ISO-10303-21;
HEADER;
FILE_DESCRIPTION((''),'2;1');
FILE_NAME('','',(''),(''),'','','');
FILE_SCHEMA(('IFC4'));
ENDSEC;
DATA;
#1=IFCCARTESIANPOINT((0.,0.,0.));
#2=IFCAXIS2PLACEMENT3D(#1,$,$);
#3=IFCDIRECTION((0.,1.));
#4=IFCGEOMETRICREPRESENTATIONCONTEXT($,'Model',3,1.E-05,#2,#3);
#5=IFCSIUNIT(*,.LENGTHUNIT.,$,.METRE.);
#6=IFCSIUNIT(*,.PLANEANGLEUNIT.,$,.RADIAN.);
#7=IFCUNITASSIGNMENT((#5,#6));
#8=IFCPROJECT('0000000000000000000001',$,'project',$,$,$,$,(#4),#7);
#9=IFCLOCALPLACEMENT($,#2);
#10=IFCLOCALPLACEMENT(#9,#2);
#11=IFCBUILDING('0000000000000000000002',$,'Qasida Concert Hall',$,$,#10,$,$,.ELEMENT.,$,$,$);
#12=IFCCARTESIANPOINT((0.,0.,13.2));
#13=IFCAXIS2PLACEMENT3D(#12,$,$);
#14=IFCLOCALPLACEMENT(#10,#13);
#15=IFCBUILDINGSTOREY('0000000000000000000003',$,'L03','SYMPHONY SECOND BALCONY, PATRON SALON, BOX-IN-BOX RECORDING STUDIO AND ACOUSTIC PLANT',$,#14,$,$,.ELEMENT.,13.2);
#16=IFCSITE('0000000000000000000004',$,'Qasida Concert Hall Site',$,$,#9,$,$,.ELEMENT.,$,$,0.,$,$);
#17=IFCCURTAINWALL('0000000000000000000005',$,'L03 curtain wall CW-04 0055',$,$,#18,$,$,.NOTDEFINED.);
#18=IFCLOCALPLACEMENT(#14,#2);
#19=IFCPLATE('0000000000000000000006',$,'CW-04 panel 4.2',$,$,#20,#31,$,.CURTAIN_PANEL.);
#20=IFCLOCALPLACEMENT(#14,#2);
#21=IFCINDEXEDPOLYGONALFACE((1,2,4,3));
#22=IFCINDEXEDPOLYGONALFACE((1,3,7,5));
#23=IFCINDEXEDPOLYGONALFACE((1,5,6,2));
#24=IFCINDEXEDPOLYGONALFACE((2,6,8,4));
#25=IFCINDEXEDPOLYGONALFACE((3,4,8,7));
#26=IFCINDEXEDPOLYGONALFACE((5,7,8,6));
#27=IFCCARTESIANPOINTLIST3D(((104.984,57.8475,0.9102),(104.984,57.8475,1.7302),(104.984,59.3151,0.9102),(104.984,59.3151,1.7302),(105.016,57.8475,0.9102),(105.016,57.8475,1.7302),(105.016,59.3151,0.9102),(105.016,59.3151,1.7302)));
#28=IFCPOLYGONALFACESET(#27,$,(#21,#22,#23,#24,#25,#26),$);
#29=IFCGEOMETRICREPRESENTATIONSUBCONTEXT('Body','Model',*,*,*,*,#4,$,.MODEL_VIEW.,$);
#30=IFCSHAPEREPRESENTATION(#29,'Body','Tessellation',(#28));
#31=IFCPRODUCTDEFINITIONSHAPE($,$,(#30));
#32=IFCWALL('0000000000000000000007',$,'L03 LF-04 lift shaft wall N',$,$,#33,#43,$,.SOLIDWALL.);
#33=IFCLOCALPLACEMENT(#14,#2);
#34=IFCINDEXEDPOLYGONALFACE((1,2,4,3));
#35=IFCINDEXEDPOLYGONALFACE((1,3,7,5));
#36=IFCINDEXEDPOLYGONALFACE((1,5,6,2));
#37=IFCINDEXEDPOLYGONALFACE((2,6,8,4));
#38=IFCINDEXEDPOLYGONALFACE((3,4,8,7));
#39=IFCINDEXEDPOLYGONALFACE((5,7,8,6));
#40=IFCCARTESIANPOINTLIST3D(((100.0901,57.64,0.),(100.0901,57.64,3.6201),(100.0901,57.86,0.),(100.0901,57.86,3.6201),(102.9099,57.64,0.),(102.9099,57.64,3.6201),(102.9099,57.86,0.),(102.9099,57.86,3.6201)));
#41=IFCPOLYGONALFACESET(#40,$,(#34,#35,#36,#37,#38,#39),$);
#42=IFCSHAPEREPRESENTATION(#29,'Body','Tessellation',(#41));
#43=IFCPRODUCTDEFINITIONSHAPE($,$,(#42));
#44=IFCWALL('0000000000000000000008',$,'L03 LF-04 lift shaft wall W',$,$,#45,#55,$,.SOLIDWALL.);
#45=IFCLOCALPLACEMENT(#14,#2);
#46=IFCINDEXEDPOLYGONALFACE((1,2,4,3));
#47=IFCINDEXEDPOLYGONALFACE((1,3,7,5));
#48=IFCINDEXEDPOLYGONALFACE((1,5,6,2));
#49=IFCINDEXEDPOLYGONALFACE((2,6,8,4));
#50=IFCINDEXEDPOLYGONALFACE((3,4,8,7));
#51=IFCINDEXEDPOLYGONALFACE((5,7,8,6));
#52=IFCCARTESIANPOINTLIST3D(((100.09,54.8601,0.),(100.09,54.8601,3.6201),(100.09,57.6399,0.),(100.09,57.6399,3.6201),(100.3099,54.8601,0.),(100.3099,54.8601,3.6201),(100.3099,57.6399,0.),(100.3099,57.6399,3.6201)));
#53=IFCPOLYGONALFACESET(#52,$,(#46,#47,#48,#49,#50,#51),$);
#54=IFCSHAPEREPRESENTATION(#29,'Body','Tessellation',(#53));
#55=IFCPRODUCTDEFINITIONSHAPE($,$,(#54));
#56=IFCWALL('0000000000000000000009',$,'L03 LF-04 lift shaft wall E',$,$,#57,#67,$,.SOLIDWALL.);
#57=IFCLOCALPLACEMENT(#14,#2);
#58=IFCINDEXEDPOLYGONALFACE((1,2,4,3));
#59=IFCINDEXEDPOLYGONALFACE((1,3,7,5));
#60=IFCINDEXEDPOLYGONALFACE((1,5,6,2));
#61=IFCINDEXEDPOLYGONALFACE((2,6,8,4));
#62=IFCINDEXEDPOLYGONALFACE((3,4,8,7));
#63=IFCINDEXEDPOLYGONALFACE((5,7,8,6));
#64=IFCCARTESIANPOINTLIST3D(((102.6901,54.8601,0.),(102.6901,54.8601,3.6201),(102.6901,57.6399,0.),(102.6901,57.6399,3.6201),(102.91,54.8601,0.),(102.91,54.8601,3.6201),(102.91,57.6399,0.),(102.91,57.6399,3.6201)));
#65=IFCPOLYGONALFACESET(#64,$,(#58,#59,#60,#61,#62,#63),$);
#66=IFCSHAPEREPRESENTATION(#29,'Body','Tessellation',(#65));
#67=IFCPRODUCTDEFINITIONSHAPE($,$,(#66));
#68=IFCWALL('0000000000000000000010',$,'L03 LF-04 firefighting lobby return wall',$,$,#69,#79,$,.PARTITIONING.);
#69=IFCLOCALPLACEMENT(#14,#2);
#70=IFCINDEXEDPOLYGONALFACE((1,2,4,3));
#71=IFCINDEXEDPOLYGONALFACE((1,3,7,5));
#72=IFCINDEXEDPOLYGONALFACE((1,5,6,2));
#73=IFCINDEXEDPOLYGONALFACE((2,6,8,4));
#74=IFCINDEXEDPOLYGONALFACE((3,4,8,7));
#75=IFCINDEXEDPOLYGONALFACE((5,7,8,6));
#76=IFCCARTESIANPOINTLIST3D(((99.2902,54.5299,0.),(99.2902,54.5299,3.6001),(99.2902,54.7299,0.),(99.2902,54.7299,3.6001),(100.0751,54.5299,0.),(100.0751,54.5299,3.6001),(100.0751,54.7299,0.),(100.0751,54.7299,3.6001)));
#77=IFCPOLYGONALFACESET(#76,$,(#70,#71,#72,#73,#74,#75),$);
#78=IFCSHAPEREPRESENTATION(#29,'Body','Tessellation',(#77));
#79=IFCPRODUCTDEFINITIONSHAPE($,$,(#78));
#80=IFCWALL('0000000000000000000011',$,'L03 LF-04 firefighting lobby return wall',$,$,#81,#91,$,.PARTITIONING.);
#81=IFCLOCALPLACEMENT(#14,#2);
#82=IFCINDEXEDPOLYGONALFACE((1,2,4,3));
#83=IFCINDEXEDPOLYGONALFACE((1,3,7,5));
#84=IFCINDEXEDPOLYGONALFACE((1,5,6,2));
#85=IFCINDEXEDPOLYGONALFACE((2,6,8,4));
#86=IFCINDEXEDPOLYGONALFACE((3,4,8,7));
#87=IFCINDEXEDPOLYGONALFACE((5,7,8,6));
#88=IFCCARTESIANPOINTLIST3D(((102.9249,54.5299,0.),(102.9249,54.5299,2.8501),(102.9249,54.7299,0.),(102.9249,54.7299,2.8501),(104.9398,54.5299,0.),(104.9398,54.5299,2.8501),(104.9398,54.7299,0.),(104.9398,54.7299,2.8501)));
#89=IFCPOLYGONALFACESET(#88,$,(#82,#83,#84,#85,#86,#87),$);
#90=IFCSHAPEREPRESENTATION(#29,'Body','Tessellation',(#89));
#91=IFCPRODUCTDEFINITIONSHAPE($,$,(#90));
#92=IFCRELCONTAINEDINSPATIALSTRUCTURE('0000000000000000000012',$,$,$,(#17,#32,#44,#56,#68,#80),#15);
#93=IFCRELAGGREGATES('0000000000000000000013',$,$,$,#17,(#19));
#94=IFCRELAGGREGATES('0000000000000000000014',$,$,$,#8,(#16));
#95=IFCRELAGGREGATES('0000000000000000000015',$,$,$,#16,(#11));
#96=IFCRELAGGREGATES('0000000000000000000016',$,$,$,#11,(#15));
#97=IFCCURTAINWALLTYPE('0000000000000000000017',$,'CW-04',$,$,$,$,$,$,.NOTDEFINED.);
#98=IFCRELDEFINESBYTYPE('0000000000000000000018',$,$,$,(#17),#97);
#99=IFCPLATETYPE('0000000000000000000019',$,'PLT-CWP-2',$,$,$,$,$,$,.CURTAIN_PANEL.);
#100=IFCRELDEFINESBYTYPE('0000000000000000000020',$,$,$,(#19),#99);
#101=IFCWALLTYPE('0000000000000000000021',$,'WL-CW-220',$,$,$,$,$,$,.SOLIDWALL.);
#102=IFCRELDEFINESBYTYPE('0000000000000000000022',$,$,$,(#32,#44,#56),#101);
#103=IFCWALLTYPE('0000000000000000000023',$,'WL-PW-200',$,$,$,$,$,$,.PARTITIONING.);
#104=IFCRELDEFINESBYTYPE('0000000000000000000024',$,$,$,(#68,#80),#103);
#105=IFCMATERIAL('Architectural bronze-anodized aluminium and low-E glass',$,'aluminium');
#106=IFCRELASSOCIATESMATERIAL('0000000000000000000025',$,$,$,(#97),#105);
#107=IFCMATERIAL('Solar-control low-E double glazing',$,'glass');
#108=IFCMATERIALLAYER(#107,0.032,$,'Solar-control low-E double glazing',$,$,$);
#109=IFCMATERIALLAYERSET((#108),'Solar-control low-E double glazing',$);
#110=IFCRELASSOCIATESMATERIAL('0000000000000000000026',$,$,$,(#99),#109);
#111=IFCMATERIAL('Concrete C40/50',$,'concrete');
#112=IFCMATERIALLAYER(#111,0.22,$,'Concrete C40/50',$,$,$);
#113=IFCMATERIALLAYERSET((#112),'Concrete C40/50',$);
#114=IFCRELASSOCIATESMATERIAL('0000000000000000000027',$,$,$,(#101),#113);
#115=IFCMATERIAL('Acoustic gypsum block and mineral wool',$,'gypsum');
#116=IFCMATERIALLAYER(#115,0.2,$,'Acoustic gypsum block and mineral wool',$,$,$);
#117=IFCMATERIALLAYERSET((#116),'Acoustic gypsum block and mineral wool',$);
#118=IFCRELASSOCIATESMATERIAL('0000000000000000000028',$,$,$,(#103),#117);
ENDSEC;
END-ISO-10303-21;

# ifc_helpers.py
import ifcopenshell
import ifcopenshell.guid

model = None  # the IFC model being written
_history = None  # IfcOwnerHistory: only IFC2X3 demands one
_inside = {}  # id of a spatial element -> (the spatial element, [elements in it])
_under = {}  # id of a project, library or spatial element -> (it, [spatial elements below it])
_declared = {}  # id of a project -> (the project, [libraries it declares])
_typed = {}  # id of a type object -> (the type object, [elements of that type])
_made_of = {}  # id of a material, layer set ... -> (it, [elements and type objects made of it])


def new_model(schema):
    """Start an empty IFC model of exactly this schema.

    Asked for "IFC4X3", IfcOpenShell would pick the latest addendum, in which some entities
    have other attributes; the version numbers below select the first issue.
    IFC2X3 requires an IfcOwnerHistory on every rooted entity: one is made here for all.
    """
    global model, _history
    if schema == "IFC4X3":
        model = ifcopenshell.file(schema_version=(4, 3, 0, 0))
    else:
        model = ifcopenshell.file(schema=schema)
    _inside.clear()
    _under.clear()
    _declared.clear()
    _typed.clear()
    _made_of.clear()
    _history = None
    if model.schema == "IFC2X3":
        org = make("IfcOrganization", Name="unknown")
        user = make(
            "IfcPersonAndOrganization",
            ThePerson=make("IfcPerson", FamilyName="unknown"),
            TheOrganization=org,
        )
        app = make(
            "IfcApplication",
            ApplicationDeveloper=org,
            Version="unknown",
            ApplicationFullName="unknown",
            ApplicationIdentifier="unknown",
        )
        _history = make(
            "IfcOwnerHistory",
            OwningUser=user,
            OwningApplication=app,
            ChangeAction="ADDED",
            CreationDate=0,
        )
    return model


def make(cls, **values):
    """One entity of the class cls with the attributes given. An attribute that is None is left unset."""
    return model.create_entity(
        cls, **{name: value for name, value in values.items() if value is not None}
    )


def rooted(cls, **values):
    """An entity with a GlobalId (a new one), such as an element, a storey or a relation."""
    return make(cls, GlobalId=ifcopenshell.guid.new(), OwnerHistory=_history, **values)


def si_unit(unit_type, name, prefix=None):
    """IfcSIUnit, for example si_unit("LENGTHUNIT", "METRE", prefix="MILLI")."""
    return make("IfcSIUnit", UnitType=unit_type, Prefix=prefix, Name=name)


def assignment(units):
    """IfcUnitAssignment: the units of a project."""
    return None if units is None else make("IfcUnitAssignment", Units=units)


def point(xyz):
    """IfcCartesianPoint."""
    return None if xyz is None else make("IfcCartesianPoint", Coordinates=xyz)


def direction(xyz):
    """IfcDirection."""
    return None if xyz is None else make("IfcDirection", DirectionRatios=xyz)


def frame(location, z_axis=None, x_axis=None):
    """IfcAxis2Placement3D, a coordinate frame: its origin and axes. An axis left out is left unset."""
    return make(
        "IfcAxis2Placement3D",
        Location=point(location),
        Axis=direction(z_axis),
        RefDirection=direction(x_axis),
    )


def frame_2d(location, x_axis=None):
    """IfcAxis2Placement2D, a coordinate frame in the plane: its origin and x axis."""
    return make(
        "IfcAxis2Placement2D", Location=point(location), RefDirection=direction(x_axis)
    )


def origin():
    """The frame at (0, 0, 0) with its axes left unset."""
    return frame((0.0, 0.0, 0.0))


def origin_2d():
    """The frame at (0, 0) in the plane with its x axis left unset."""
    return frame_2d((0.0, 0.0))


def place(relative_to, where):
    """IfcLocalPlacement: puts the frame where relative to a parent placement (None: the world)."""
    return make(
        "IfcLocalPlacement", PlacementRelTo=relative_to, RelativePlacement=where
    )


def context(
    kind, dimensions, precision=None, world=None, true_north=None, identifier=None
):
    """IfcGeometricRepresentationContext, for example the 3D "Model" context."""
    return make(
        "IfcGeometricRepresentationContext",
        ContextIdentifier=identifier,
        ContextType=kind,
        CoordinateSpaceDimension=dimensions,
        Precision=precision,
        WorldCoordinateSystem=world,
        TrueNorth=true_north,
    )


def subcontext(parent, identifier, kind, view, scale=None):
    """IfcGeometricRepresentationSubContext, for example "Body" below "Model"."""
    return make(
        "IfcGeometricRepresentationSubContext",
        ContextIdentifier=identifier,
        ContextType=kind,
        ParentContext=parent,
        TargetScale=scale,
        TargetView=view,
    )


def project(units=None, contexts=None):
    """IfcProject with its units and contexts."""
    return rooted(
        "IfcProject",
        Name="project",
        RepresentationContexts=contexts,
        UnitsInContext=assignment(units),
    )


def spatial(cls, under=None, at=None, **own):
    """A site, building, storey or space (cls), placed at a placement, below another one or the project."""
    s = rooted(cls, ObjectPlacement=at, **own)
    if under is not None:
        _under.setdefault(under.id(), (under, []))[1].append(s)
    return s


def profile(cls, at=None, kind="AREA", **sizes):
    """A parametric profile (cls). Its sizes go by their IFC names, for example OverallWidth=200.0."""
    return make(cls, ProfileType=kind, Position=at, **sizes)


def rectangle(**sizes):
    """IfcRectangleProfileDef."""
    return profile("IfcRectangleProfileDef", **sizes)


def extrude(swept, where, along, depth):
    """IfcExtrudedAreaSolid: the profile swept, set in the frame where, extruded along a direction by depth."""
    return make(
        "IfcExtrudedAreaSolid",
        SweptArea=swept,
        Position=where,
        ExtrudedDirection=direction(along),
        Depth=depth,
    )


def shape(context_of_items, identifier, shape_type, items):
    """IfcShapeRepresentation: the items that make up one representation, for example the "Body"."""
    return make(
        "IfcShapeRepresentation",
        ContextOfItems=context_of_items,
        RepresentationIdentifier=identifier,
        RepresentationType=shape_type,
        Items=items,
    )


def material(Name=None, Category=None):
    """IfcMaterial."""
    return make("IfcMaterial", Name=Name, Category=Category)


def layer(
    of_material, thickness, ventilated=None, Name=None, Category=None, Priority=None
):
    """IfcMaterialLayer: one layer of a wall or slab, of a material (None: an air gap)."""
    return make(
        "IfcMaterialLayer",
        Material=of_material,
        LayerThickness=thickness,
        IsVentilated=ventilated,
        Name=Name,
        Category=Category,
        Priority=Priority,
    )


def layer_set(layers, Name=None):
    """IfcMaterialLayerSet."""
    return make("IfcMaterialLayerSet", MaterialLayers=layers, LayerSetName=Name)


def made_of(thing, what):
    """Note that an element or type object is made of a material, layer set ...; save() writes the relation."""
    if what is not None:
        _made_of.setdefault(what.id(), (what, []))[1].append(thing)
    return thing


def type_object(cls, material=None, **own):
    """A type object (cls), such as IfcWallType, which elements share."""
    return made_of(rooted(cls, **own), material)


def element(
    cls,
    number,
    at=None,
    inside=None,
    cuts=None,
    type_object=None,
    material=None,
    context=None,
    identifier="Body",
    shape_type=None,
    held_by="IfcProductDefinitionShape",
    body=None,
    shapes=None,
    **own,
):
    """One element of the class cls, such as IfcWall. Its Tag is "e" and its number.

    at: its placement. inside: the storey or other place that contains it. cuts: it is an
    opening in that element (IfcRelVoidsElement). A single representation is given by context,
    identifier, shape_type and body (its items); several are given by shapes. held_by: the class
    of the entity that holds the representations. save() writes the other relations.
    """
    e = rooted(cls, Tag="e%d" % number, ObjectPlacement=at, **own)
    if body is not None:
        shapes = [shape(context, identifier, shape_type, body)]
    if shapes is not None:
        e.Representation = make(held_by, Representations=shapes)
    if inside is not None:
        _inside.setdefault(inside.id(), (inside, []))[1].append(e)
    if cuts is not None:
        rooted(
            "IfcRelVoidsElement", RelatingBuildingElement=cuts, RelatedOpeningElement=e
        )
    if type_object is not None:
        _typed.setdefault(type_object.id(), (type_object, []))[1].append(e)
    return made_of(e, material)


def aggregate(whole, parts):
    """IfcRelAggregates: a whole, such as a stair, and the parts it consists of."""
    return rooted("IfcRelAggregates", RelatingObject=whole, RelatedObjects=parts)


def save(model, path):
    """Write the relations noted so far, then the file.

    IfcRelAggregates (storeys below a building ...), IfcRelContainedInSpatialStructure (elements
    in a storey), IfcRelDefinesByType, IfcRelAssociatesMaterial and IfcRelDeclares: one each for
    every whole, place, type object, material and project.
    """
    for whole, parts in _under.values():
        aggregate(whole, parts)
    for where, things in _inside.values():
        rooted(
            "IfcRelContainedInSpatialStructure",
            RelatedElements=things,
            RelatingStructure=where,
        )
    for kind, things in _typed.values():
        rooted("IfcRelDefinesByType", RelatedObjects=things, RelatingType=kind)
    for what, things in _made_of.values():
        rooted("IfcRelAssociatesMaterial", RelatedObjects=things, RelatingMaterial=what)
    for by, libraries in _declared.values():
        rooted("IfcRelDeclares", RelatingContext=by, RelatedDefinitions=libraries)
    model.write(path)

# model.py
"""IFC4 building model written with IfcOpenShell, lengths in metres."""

from ifc_helpers import new_model, si_unit, direction, frame, frame_2d, origin, origin_2d, place, context, subcontext, project, spatial, rectangle, extrude, material, layer, layer_set, type_object, element, aggregate, save


model = new_model("IFC4")

# Units and contexts
model_context = context("Model", 3, precision=1e-05, world=origin(), true_north=direction((0.0, 1.0)))
body_context = subcontext(model_context, "Body", "Model", "MODEL_VIEW")
ifc_project = project(units=[si_unit("LENGTHUNIT", "METRE"), si_unit("PLANEANGLEUNIT", "RADIAN")], contexts=[model_context])

# Site, building, storey
site_placement = place(None, origin())
site = spatial("IfcSite", under=ifc_project, at=site_placement, Name="Qasida Concert Hall Site", CompositionType="ELEMENT", RefElevation=0.0)
building_placement = place(site_placement, origin())
building = spatial("IfcBuilding", under=site, at=building_placement, Name="Qasida Concert Hall", CompositionType="ELEMENT")
storey_placement = place(building_placement, frame((0.0, 0.0, 13.2)))
storey = spatial("IfcBuildingStorey", under=building, at=storey_placement, Name="L03", Description="SYMPHONY SECOND BALCONY, PATRON SALON, BOX-IN-BOX RECORDING STUDIO AND ACOUSTIC PLANT", CompositionType="ELEMENT", Elevation=13.2)

# Curtain wall, plate
ifc_material_1 = material(Name="Architectural bronze-anodized aluminium and low-E glass", Category="aluminium")
curtain_wall_type = type_object("IfcCurtainWallType", Name="CW-04", PredefinedType="NOTDEFINED", material=ifc_material_1)
curtain_wall_placement = place(storey_placement, origin())
curtain_wall = element("IfcCurtainWall", 1, at=curtain_wall_placement, inside=storey, type_object=curtain_wall_type, Name="L03 curtain wall CW-04 0055", PredefinedType="NOTDEFINED")
ifc_material_2 = material(Name="Solar-control low-E double glazing", Category="glass")
ifc_layer_1 = layer(ifc_material_2, 0.032, Name="Solar-control low-E double glazing")
ifc_layer_set_1 = layer_set([ifc_layer_1], Name="Solar-control low-E double glazing")
plate_type = type_object("IfcPlateType", Name="PLT-CWP-2", PredefinedType="CURTAIN_PANEL", material=ifc_layer_set_1)
plate_1_placement = place(storey_placement, frame((105.0, 58.5813, 0.9102), z_axis=(0.0, 0.0, 1.0), x_axis=(0.0, 1.0, 0.0)))
plate_1 = element("IfcPlate", 2, at=plate_1_placement, type_object=plate_type, Name="CW-04 panel 4.2", PredefinedType="CURTAIN_PANEL", context=body_context, shape_type="SweptSolid", body=[
    extrude(rectangle(XDim=1.4675, YDim=0.032, at=origin_2d()), origin(), (0.0, 0.0, 1.0), 0.8201),
])
aggregate(curtain_wall, [plate_1])

# Shared definitions
ifc_material_3 = material(Name="Concrete C40/50", Category="concrete")
ifc_layer_2 = layer(ifc_material_3, 0.22, Name="Concrete C40/50")
ifc_layer_set_2 = layer_set([ifc_layer_2], Name="Concrete C40/50")
wall_type_1 = type_object("IfcWallType", Name="WL-CW-220", PredefinedType="SOLIDWALL", material=ifc_layer_set_2)

# Walls
wall_1_placement = place(storey_placement, frame((100.0901, 57.75, 0.0), z_axis=(0.0, 0.0, 1.0), x_axis=(1.0, 0.0, 0.0)))
element("IfcWall", 3, at=wall_1_placement, inside=storey, type_object=wall_type_1, Name="L03 LF-04 lift shaft wall N", PredefinedType="SOLIDWALL", context=body_context, shape_type="SweptSolid", body=[
    extrude(rectangle(XDim=2.8198, YDim=0.22, at=frame_2d((1.4099, 0.0))), origin(), (0.0, 0.0, 1.0), 3.6201),
])
for number, where, z_axis, x_axis, name in (
    (4, (100.2, 54.8601, 0.0), (0.0, 0.0, 1.0), (0.0, 1.0, 0.0), "L03 LF-04 lift shaft wall W"),
    (5, (102.8, 54.8601, 0.0), (0.0, 0.0, 1.0), (0.0, 1.0, 0.0), "L03 LF-04 lift shaft wall E"),
):
    element("IfcWall", number, at=place(storey_placement, frame(where, z_axis=z_axis, x_axis=x_axis)), inside=storey, type_object=wall_type_1, Name=name, PredefinedType="SOLIDWALL", context=body_context, shape_type="SweptSolid", body=[
        extrude(rectangle(XDim=2.7798, YDim=0.22, at=frame_2d((1.3899, 0.0))), origin(), (0.0, 0.0, 1.0), 3.6201),
    ])
ifc_material_4 = material(Name="Acoustic gypsum block and mineral wool", Category="gypsum")
ifc_layer_3 = layer(ifc_material_4, 0.2, Name="Acoustic gypsum block and mineral wool")
ifc_layer_set_3 = layer_set([ifc_layer_3], Name="Acoustic gypsum block and mineral wool")
wall_type_2 = type_object("IfcWallType", Name="WL-PW-200", PredefinedType="PARTITIONING", material=ifc_layer_set_3)
wall_2_placement = place(storey_placement, frame((99.29, 54.6299, 0.0), z_axis=(0.0, 0.0, 1.0), x_axis=(1.0, 0.0, 0.0)))
element("IfcWall", 6, at=wall_2_placement, inside=storey, type_object=wall_type_2, Name="L03 LF-04 firefighting lobby return wall", PredefinedType="PARTITIONING", context=body_context, shape_type="SweptSolid", body=[
    extrude(rectangle(XDim=0.7849, YDim=0.2, at=frame_2d((0.3926, 0.0))), origin(), (0.0, 0.0, 1.0), 3.6001),
])
wall_3_placement = place(storey_placement, frame((102.925, 54.6299, 0.0), z_axis=(0.0, 0.0, 1.0), x_axis=(1.0, 0.0, 0.0)))
element("IfcWall", 7, at=wall_3_placement, inside=storey, type_object=wall_type_2, Name="L03 LF-04 firefighting lobby return wall", PredefinedType="PARTITIONING", context=body_context, shape_type="SweptSolid", body=[
    extrude(rectangle(XDim=2.0149, YDim=0.2, at=frame_2d((1.0073, 0.0))), origin(), (0.0, 0.0, 1.0), 2.8501),
])

save(model, "model.ifc")
